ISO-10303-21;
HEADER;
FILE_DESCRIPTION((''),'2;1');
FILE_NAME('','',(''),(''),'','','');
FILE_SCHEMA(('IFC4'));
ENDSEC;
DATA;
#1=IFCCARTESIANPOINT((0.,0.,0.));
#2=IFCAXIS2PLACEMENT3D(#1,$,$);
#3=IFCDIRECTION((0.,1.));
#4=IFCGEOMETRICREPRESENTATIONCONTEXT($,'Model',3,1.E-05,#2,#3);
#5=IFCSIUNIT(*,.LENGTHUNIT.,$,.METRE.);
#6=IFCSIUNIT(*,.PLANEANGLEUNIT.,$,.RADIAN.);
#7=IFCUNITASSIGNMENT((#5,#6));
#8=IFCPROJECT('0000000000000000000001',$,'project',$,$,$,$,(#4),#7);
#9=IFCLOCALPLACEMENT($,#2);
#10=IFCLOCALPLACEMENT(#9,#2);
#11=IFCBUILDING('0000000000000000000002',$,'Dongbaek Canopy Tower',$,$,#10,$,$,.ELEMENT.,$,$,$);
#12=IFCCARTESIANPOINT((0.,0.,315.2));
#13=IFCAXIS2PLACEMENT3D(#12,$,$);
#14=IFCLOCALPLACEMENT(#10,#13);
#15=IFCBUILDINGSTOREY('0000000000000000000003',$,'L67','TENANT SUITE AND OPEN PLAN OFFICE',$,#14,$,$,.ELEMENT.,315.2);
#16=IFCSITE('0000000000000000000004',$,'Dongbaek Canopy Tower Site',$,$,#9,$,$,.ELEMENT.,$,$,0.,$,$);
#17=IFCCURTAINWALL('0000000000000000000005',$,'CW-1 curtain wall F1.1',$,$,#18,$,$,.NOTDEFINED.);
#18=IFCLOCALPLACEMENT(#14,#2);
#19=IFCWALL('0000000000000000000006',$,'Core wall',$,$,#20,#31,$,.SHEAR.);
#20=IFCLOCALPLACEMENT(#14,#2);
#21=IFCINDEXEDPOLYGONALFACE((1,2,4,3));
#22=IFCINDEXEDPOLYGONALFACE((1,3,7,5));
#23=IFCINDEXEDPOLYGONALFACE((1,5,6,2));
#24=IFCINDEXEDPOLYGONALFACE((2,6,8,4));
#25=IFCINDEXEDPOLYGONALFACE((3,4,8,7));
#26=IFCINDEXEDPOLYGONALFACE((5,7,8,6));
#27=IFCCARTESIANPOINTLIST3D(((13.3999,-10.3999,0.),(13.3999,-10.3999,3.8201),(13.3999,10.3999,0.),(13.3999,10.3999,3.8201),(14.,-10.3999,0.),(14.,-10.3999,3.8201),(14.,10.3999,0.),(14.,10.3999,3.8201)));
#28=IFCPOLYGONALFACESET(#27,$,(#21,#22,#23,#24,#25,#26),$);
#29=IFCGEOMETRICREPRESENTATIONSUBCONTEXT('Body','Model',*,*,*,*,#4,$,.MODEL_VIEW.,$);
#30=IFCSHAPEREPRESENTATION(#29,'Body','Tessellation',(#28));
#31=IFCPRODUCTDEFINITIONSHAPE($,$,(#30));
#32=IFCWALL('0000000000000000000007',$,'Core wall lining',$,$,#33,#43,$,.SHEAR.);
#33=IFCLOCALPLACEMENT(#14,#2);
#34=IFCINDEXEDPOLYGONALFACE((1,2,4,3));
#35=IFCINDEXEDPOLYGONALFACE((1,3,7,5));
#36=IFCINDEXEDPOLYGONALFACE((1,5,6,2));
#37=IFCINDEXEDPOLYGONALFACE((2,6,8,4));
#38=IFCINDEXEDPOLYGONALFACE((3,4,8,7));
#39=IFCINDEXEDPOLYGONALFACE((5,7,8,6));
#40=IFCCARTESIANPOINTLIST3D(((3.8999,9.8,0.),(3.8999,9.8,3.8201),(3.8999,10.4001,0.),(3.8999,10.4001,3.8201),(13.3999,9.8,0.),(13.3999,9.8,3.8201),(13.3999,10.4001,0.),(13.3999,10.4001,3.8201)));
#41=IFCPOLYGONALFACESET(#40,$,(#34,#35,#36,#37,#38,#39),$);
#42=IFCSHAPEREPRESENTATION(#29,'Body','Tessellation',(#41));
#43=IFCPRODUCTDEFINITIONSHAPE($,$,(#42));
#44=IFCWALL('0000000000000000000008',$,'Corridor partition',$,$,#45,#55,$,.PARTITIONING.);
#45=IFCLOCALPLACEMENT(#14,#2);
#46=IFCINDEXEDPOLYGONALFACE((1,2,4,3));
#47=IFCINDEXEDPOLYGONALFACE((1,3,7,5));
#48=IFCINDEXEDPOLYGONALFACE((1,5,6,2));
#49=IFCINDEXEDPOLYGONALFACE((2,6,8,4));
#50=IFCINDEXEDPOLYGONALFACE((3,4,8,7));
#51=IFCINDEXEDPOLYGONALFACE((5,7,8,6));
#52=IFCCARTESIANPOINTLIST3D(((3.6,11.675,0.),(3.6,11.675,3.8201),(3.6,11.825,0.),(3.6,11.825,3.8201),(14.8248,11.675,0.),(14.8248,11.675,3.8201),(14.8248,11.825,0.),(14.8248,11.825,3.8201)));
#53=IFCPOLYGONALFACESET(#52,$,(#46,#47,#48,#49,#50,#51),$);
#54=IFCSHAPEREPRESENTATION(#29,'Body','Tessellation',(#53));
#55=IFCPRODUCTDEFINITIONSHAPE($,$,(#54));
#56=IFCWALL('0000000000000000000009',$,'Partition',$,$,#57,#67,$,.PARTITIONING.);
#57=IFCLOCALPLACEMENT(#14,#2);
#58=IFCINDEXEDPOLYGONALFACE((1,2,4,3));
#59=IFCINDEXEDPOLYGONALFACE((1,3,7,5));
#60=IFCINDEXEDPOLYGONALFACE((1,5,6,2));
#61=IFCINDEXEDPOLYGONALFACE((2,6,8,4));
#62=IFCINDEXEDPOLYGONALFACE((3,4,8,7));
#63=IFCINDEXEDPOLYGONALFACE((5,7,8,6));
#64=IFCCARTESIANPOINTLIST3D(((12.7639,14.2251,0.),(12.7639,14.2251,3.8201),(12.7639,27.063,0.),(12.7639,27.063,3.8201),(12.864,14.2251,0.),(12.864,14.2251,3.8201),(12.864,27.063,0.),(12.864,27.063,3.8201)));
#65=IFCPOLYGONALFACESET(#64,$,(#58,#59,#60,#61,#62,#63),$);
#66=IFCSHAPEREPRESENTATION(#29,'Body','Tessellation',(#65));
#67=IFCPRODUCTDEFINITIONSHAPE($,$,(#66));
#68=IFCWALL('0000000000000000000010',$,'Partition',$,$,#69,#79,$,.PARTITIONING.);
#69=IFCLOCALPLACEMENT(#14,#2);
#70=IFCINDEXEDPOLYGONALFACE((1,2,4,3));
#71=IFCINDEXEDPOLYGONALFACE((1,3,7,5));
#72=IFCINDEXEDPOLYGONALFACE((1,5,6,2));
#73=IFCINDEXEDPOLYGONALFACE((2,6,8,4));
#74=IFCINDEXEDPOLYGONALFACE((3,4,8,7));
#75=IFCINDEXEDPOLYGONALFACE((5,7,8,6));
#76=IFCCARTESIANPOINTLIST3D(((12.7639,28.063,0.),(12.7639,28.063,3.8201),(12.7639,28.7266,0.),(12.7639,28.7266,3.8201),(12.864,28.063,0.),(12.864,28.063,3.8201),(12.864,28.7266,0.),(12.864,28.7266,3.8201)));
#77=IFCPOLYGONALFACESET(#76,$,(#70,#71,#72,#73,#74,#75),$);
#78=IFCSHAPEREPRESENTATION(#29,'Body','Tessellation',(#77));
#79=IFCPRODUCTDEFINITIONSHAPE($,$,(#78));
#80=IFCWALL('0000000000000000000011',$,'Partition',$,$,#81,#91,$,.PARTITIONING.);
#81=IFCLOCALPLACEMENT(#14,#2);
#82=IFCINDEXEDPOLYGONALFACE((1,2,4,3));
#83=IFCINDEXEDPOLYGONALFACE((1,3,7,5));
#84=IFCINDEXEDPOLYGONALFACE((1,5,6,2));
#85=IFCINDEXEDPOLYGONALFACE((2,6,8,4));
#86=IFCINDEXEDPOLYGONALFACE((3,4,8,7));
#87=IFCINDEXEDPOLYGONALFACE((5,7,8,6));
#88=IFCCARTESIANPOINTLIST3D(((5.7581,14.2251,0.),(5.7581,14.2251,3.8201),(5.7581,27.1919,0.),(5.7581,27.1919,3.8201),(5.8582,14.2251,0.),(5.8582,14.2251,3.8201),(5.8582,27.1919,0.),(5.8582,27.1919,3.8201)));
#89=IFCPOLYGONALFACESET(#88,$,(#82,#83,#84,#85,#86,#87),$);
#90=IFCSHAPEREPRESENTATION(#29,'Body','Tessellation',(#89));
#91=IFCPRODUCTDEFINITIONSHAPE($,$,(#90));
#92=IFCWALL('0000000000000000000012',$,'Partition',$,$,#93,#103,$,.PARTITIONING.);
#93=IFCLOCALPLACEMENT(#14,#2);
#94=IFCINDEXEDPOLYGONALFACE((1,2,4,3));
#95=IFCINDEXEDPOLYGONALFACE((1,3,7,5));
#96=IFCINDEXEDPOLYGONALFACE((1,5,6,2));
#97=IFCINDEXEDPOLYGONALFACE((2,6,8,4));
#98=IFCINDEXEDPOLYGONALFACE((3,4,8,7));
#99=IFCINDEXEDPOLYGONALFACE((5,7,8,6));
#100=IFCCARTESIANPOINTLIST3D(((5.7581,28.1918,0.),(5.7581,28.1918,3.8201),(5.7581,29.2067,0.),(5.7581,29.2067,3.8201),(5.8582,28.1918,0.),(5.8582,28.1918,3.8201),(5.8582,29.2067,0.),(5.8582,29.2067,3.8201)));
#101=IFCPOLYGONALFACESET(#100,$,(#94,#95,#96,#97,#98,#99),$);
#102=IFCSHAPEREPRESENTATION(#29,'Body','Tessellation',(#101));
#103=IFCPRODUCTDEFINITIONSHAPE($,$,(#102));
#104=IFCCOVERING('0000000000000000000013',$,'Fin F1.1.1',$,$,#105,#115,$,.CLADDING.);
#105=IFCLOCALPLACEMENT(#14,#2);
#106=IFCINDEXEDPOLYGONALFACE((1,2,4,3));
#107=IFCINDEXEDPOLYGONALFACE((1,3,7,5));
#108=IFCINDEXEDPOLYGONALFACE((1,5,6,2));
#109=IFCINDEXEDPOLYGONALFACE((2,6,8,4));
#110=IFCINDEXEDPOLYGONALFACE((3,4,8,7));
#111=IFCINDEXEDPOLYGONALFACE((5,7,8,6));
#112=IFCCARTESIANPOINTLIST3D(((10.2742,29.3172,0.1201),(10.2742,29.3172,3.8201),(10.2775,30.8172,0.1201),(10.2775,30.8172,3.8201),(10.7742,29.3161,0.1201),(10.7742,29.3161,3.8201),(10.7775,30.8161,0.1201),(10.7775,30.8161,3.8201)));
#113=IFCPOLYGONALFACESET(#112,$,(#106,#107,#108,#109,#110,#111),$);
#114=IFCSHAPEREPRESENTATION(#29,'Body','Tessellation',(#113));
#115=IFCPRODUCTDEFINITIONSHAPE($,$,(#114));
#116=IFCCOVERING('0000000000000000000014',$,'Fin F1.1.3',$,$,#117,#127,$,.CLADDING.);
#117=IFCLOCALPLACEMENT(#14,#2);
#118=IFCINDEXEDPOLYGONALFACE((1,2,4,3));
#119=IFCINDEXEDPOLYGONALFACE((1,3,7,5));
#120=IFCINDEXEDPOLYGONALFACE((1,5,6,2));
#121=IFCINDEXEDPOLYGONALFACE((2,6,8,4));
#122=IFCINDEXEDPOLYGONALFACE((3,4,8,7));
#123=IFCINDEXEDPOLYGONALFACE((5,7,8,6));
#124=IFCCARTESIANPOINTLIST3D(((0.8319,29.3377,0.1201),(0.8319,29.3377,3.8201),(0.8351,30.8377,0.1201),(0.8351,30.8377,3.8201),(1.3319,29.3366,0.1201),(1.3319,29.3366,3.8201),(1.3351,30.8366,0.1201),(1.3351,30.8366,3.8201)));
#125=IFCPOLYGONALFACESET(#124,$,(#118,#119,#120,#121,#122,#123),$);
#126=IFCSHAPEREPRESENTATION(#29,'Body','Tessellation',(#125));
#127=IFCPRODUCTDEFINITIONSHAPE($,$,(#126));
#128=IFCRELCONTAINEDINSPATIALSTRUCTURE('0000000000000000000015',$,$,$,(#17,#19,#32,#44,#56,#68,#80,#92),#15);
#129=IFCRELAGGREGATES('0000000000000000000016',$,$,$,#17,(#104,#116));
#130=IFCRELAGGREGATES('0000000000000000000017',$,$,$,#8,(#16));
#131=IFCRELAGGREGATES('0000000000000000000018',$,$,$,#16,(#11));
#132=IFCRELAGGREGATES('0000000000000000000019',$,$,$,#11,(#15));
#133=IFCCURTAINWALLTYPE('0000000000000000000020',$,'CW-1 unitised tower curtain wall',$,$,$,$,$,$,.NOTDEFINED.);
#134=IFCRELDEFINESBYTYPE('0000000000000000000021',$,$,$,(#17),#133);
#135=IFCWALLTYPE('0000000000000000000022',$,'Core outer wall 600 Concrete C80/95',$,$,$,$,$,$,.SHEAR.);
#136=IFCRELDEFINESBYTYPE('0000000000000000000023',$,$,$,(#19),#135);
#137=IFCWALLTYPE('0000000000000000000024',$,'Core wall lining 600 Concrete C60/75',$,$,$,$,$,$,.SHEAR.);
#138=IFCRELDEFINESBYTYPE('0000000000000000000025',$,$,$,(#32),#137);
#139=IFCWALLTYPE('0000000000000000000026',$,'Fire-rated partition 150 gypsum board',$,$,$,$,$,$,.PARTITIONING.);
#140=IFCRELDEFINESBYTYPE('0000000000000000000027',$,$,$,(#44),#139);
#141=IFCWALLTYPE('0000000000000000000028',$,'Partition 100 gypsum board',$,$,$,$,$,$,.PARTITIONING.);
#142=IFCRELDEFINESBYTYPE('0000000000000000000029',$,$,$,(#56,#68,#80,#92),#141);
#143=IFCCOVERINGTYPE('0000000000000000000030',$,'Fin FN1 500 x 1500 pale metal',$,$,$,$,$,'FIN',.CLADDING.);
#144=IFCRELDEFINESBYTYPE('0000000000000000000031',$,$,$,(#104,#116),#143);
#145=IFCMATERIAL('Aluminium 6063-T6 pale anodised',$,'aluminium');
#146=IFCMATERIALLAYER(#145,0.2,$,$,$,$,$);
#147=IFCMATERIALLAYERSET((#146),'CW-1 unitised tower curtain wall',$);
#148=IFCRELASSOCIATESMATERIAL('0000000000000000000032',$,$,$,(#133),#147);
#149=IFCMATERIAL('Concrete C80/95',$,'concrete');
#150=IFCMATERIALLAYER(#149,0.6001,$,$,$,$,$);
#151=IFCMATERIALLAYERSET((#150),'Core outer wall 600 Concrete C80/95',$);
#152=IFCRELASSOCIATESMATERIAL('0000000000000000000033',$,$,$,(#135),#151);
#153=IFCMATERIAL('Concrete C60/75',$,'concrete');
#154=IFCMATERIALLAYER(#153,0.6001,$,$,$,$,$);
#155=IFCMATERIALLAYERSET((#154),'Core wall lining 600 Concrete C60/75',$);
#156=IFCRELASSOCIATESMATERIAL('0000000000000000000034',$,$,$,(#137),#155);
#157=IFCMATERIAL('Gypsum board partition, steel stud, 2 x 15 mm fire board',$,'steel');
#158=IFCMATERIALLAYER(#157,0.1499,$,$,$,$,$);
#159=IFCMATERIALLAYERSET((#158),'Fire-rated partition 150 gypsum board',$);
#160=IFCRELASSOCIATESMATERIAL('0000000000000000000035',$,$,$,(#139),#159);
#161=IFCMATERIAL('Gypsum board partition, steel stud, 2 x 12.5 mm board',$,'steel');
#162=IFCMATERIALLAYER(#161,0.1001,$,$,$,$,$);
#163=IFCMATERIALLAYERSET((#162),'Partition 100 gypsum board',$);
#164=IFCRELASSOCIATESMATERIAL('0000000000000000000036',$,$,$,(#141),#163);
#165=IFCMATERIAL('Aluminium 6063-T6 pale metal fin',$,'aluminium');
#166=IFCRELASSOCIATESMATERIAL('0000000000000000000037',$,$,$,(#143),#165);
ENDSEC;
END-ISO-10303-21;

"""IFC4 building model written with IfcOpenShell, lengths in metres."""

from ifc_helpers import new_model, si_unit, direction, frame, frame_2d, origin, origin_2d, place, context, subcontext, project, spatial, rectangle, extrude, material, layer, layer_set, material_profile, profile_set, type_object, element, aggregate, save


model = new_model("IFC4")

# Units and contexts
model_context = context("Model", 3, precision=1e-05, world=origin(), true_north=direction((0.0, 1.0)))
body_context = subcontext(model_context, "Body", "Model", "MODEL_VIEW")
ifc_project = project(units=[si_unit("LENGTHUNIT", "METRE"), si_unit("PLANEANGLEUNIT", "RADIAN")], contexts=[model_context])

# Site, building, storey
site_placement = place(None, origin())
site = spatial("IfcSite", under=ifc_project, at=site_placement, Name="Dongbaek Canopy Tower Site", CompositionType="ELEMENT", RefElevation=0.0)
building_placement = place(site_placement, origin())
building = spatial("IfcBuilding", under=site, at=building_placement, Name="Dongbaek Canopy Tower", CompositionType="ELEMENT")
storey_placement = place(building_placement, frame((0.0, 0.0, 315.2)))
storey = spatial("IfcBuildingStorey", under=building, at=storey_placement, Name="L67", Description="TENANT SUITE AND OPEN PLAN OFFICE", CompositionType="ELEMENT", Elevation=315.2)

# Curtain wall
ifc_material_1 = material(Name="Aluminium 6063-T6 pale anodised", Category="aluminium")
ifc_layer_1 = layer(ifc_material_1, 0.2)
ifc_layer_set_1 = layer_set([ifc_layer_1], Name="CW-1 unitised tower curtain wall")
curtain_wall_type = type_object("IfcCurtainWallType", Name="CW-1 unitised tower curtain wall", PredefinedType="NOTDEFINED", material=ifc_layer_set_1)
curtain_wall_1_placement = place(storey_placement, origin())
curtain_wall_1 = element("IfcCurtainWall", 1, at=curtain_wall_1_placement, inside=storey, type_object=curtain_wall_type, Name="CW-1 curtain wall F1.1", PredefinedType="NOTDEFINED")

# Walls
ifc_material_2 = material(Name="Concrete C80/95", Category="concrete")
ifc_layer_2 = layer(ifc_material_2, 0.6001)
ifc_layer_set_2 = layer_set([ifc_layer_2], Name="Core outer wall 600 Concrete C80/95")
wall_type_1 = type_object("IfcWallType", Name="Core outer wall 600 Concrete C80/95", PredefinedType="SHEAR", material=ifc_layer_set_2)
wall_1_placement = place(storey_placement, frame((13.7, 10.3999, 0.0), z_axis=(0.0, 0.0, 1.0), x_axis=(0.0, -1.0, 0.0)))
element("IfcWall", 2, at=wall_1_placement, inside=storey, type_object=wall_type_1, Name="Core wall", PredefinedType="SHEAR", context=body_context, shape_type="SweptSolid", body=[
    extrude(rectangle(XDim=20.7998, YDim=0.6001, at=frame_2d((10.3999, 0.0))), origin(), (0.0, 0.0, 1.0), 3.8201),
])
ifc_material_3 = material(Name="Concrete C60/75", Category="concrete")
ifc_layer_3 = layer(ifc_material_3, 0.6001)
ifc_layer_set_3 = layer_set([ifc_layer_3], Name="Core wall lining 600 Concrete C60/75")
wall_type_2 = type_object("IfcWallType", Name="Core wall lining 600 Concrete C60/75", PredefinedType="SHEAR", material=ifc_layer_set_3)
wall_2_placement = place(storey_placement, frame((3.8999, 10.1001, 0.0), z_axis=(0.0, 0.0, 1.0), x_axis=(1.0, 0.0, 0.0)))
element("IfcWall", 3, at=wall_2_placement, inside=storey, type_object=wall_type_2, Name="Core wall lining", PredefinedType="SHEAR", context=body_context, shape_type="SweptSolid", body=[
    extrude(rectangle(XDim=9.5, YDim=0.6001, at=frame_2d((4.75, 0.0))), origin(), (0.0, 0.0, 1.0), 3.8201),
])
ifc_material_4 = material(Name="Gypsum board partition, steel stud, 2 x 15 mm fire board", Category="steel")
ifc_layer_4 = layer(ifc_material_4, 0.1499)
ifc_layer_set_4 = layer_set([ifc_layer_4], Name="Fire-rated partition 150 gypsum board")
wall_type_3 = type_object("IfcWallType", Name="Fire-rated partition 150 gypsum board", PredefinedType="PARTITIONING", material=ifc_layer_set_4)
wall_3_placement = place(storey_placement, frame((3.6001, 11.75, 0.0), z_axis=(0.0, 0.0, 1.0), x_axis=(1.0, 0.0, 0.0)))
element("IfcWall", 4, at=wall_3_placement, inside=storey, type_object=wall_type_3, Name="Corridor partition", PredefinedType="PARTITIONING", context=body_context, shape_type="SweptSolid", body=[
    extrude(rectangle(XDim=11.2249, YDim=0.1499, at=frame_2d((5.6123, 0.0))), origin(), (0.0, 0.0, 1.0), 3.8201),
])
ifc_material_5 = material(Name="Gypsum board partition, steel stud, 2 x 12.5 mm board", Category="steel")
ifc_layer_5 = layer(ifc_material_5, 0.1001)
ifc_layer_set_5 = layer_set([ifc_layer_5], Name="Partition 100 gypsum board")
wall_type_4 = type_object("IfcWallType", Name="Partition 100 gypsum board", PredefinedType="PARTITIONING", material=ifc_layer_set_5)
wall_4_placement = place(storey_placement, frame((12.814, 14.2251, 0.0), z_axis=(0.0, 0.0, 1.0), x_axis=(0.0, 1.0, 0.0)))
element("IfcWall", 5, at=wall_4_placement, inside=storey, type_object=wall_type_4, Name="Partition", PredefinedType="PARTITIONING", context=body_context, shape_type="SweptSolid", body=[
    extrude(rectangle(XDim=12.8379, YDim=0.1001, at=frame_2d((6.4189, 0.0))), origin(), (0.0, 0.0, 1.0), 3.8201),
])
wall_5_placement = place(storey_placement, frame((12.814, 28.063, 0.0), z_axis=(0.0, 0.0, 1.0), x_axis=(0.0, 1.0, 0.0)))
element("IfcWall", 6, at=wall_5_placement, inside=storey, type_object=wall_type_4, Name="Partition", PredefinedType="PARTITIONING", context=body_context, shape_type="SweptSolid", body=[
    extrude(rectangle(XDim=0.6636, YDim=0.1001, at=frame_2d((0.3318, 0.0))), origin(), (0.0, 0.0, 1.0), 3.8201),
])
wall_6_placement = place(storey_placement, frame((5.8081, 14.2251, 0.0), z_axis=(0.0, 0.0, 1.0), x_axis=(0.0, 1.0, 0.0)))
element("IfcWall", 7, at=wall_6_placement, inside=storey, type_object=wall_type_4, Name="Partition", PredefinedType="PARTITIONING", context=body_context, shape_type="SweptSolid", body=[
    extrude(rectangle(XDim=12.9668, YDim=0.1001, at=frame_2d((6.4834, 0.0))), origin(), (0.0, 0.0, 1.0), 3.8201),
])
wall_7_placement = place(storey_placement, frame((5.8081, 28.1919, 0.0), z_axis=(0.0, 0.0, 1.0), x_axis=(0.0, 1.0, 0.0)))
element("IfcWall", 8, at=wall_7_placement, inside=storey, type_object=wall_type_4, Name="Partition", PredefinedType="PARTITIONING", context=body_context, shape_type="SweptSolid", body=[
    extrude(rectangle(XDim=1.0149, YDim=0.1001, at=frame_2d((0.5073, 0.0))), origin(), (0.0, 0.0, 1.0), 3.8201),
])

# Coverings
ifc_material_6 = material(Name="Aluminium 6063-T6 pale metal fin", Category="aluminium")
ifc_material_profile_1 = material_profile(ifc_material_6, rectangle(XDim=1.5, YDim=0.5, at=origin_2d()), Name="Fin FN1 500 x 1500 pale metal")
ifc_profile_set_1 = profile_set([ifc_material_profile_1], Name="Aluminium 6063-T6 pale metal fin")
covering_type = type_object("IfcCoveringType", Name="Fin FN1 500 x 1500 pale metal", ElementType="FIN", PredefinedType="CLADDING", material=ifc_profile_set_1)
covering_1_placement = place(storey_placement, frame((10.5259, 30.0667, 0.1201), z_axis=(0.0, 0.0, 1.0), x_axis=(0.00218, 0.999998, 0.0)))
covering_1 = element("IfcCovering", 9, at=covering_1_placement, type_object=covering_type, Name="Fin F1.1.1", PredefinedType="CLADDING", context=body_context, shape_type="SweptSolid", body=[
    extrude(rectangle(XDim=1.5, YDim=0.5, at=origin_2d()), origin(), (0.0, 0.0, 1.0), 3.7),
])
covering_2_placement = place(storey_placement, frame((1.0835, 30.0872, 0.1201), z_axis=(0.0, 0.0, 1.0), x_axis=(0.00218, 0.999998, 0.0)))
covering_2 = element("IfcCovering", 10, at=covering_2_placement, type_object=covering_type, Name="Fin F1.1.3", PredefinedType="CLADDING", context=body_context, shape_type="SweptSolid", body=[
    extrude(rectangle(XDim=1.5, YDim=0.5, at=origin_2d()), origin(), (0.0, 0.0, 1.0), 3.7),
])
aggregate(curtain_wall_1, [covering_1, covering_2])

save(model, "model.ifc")
